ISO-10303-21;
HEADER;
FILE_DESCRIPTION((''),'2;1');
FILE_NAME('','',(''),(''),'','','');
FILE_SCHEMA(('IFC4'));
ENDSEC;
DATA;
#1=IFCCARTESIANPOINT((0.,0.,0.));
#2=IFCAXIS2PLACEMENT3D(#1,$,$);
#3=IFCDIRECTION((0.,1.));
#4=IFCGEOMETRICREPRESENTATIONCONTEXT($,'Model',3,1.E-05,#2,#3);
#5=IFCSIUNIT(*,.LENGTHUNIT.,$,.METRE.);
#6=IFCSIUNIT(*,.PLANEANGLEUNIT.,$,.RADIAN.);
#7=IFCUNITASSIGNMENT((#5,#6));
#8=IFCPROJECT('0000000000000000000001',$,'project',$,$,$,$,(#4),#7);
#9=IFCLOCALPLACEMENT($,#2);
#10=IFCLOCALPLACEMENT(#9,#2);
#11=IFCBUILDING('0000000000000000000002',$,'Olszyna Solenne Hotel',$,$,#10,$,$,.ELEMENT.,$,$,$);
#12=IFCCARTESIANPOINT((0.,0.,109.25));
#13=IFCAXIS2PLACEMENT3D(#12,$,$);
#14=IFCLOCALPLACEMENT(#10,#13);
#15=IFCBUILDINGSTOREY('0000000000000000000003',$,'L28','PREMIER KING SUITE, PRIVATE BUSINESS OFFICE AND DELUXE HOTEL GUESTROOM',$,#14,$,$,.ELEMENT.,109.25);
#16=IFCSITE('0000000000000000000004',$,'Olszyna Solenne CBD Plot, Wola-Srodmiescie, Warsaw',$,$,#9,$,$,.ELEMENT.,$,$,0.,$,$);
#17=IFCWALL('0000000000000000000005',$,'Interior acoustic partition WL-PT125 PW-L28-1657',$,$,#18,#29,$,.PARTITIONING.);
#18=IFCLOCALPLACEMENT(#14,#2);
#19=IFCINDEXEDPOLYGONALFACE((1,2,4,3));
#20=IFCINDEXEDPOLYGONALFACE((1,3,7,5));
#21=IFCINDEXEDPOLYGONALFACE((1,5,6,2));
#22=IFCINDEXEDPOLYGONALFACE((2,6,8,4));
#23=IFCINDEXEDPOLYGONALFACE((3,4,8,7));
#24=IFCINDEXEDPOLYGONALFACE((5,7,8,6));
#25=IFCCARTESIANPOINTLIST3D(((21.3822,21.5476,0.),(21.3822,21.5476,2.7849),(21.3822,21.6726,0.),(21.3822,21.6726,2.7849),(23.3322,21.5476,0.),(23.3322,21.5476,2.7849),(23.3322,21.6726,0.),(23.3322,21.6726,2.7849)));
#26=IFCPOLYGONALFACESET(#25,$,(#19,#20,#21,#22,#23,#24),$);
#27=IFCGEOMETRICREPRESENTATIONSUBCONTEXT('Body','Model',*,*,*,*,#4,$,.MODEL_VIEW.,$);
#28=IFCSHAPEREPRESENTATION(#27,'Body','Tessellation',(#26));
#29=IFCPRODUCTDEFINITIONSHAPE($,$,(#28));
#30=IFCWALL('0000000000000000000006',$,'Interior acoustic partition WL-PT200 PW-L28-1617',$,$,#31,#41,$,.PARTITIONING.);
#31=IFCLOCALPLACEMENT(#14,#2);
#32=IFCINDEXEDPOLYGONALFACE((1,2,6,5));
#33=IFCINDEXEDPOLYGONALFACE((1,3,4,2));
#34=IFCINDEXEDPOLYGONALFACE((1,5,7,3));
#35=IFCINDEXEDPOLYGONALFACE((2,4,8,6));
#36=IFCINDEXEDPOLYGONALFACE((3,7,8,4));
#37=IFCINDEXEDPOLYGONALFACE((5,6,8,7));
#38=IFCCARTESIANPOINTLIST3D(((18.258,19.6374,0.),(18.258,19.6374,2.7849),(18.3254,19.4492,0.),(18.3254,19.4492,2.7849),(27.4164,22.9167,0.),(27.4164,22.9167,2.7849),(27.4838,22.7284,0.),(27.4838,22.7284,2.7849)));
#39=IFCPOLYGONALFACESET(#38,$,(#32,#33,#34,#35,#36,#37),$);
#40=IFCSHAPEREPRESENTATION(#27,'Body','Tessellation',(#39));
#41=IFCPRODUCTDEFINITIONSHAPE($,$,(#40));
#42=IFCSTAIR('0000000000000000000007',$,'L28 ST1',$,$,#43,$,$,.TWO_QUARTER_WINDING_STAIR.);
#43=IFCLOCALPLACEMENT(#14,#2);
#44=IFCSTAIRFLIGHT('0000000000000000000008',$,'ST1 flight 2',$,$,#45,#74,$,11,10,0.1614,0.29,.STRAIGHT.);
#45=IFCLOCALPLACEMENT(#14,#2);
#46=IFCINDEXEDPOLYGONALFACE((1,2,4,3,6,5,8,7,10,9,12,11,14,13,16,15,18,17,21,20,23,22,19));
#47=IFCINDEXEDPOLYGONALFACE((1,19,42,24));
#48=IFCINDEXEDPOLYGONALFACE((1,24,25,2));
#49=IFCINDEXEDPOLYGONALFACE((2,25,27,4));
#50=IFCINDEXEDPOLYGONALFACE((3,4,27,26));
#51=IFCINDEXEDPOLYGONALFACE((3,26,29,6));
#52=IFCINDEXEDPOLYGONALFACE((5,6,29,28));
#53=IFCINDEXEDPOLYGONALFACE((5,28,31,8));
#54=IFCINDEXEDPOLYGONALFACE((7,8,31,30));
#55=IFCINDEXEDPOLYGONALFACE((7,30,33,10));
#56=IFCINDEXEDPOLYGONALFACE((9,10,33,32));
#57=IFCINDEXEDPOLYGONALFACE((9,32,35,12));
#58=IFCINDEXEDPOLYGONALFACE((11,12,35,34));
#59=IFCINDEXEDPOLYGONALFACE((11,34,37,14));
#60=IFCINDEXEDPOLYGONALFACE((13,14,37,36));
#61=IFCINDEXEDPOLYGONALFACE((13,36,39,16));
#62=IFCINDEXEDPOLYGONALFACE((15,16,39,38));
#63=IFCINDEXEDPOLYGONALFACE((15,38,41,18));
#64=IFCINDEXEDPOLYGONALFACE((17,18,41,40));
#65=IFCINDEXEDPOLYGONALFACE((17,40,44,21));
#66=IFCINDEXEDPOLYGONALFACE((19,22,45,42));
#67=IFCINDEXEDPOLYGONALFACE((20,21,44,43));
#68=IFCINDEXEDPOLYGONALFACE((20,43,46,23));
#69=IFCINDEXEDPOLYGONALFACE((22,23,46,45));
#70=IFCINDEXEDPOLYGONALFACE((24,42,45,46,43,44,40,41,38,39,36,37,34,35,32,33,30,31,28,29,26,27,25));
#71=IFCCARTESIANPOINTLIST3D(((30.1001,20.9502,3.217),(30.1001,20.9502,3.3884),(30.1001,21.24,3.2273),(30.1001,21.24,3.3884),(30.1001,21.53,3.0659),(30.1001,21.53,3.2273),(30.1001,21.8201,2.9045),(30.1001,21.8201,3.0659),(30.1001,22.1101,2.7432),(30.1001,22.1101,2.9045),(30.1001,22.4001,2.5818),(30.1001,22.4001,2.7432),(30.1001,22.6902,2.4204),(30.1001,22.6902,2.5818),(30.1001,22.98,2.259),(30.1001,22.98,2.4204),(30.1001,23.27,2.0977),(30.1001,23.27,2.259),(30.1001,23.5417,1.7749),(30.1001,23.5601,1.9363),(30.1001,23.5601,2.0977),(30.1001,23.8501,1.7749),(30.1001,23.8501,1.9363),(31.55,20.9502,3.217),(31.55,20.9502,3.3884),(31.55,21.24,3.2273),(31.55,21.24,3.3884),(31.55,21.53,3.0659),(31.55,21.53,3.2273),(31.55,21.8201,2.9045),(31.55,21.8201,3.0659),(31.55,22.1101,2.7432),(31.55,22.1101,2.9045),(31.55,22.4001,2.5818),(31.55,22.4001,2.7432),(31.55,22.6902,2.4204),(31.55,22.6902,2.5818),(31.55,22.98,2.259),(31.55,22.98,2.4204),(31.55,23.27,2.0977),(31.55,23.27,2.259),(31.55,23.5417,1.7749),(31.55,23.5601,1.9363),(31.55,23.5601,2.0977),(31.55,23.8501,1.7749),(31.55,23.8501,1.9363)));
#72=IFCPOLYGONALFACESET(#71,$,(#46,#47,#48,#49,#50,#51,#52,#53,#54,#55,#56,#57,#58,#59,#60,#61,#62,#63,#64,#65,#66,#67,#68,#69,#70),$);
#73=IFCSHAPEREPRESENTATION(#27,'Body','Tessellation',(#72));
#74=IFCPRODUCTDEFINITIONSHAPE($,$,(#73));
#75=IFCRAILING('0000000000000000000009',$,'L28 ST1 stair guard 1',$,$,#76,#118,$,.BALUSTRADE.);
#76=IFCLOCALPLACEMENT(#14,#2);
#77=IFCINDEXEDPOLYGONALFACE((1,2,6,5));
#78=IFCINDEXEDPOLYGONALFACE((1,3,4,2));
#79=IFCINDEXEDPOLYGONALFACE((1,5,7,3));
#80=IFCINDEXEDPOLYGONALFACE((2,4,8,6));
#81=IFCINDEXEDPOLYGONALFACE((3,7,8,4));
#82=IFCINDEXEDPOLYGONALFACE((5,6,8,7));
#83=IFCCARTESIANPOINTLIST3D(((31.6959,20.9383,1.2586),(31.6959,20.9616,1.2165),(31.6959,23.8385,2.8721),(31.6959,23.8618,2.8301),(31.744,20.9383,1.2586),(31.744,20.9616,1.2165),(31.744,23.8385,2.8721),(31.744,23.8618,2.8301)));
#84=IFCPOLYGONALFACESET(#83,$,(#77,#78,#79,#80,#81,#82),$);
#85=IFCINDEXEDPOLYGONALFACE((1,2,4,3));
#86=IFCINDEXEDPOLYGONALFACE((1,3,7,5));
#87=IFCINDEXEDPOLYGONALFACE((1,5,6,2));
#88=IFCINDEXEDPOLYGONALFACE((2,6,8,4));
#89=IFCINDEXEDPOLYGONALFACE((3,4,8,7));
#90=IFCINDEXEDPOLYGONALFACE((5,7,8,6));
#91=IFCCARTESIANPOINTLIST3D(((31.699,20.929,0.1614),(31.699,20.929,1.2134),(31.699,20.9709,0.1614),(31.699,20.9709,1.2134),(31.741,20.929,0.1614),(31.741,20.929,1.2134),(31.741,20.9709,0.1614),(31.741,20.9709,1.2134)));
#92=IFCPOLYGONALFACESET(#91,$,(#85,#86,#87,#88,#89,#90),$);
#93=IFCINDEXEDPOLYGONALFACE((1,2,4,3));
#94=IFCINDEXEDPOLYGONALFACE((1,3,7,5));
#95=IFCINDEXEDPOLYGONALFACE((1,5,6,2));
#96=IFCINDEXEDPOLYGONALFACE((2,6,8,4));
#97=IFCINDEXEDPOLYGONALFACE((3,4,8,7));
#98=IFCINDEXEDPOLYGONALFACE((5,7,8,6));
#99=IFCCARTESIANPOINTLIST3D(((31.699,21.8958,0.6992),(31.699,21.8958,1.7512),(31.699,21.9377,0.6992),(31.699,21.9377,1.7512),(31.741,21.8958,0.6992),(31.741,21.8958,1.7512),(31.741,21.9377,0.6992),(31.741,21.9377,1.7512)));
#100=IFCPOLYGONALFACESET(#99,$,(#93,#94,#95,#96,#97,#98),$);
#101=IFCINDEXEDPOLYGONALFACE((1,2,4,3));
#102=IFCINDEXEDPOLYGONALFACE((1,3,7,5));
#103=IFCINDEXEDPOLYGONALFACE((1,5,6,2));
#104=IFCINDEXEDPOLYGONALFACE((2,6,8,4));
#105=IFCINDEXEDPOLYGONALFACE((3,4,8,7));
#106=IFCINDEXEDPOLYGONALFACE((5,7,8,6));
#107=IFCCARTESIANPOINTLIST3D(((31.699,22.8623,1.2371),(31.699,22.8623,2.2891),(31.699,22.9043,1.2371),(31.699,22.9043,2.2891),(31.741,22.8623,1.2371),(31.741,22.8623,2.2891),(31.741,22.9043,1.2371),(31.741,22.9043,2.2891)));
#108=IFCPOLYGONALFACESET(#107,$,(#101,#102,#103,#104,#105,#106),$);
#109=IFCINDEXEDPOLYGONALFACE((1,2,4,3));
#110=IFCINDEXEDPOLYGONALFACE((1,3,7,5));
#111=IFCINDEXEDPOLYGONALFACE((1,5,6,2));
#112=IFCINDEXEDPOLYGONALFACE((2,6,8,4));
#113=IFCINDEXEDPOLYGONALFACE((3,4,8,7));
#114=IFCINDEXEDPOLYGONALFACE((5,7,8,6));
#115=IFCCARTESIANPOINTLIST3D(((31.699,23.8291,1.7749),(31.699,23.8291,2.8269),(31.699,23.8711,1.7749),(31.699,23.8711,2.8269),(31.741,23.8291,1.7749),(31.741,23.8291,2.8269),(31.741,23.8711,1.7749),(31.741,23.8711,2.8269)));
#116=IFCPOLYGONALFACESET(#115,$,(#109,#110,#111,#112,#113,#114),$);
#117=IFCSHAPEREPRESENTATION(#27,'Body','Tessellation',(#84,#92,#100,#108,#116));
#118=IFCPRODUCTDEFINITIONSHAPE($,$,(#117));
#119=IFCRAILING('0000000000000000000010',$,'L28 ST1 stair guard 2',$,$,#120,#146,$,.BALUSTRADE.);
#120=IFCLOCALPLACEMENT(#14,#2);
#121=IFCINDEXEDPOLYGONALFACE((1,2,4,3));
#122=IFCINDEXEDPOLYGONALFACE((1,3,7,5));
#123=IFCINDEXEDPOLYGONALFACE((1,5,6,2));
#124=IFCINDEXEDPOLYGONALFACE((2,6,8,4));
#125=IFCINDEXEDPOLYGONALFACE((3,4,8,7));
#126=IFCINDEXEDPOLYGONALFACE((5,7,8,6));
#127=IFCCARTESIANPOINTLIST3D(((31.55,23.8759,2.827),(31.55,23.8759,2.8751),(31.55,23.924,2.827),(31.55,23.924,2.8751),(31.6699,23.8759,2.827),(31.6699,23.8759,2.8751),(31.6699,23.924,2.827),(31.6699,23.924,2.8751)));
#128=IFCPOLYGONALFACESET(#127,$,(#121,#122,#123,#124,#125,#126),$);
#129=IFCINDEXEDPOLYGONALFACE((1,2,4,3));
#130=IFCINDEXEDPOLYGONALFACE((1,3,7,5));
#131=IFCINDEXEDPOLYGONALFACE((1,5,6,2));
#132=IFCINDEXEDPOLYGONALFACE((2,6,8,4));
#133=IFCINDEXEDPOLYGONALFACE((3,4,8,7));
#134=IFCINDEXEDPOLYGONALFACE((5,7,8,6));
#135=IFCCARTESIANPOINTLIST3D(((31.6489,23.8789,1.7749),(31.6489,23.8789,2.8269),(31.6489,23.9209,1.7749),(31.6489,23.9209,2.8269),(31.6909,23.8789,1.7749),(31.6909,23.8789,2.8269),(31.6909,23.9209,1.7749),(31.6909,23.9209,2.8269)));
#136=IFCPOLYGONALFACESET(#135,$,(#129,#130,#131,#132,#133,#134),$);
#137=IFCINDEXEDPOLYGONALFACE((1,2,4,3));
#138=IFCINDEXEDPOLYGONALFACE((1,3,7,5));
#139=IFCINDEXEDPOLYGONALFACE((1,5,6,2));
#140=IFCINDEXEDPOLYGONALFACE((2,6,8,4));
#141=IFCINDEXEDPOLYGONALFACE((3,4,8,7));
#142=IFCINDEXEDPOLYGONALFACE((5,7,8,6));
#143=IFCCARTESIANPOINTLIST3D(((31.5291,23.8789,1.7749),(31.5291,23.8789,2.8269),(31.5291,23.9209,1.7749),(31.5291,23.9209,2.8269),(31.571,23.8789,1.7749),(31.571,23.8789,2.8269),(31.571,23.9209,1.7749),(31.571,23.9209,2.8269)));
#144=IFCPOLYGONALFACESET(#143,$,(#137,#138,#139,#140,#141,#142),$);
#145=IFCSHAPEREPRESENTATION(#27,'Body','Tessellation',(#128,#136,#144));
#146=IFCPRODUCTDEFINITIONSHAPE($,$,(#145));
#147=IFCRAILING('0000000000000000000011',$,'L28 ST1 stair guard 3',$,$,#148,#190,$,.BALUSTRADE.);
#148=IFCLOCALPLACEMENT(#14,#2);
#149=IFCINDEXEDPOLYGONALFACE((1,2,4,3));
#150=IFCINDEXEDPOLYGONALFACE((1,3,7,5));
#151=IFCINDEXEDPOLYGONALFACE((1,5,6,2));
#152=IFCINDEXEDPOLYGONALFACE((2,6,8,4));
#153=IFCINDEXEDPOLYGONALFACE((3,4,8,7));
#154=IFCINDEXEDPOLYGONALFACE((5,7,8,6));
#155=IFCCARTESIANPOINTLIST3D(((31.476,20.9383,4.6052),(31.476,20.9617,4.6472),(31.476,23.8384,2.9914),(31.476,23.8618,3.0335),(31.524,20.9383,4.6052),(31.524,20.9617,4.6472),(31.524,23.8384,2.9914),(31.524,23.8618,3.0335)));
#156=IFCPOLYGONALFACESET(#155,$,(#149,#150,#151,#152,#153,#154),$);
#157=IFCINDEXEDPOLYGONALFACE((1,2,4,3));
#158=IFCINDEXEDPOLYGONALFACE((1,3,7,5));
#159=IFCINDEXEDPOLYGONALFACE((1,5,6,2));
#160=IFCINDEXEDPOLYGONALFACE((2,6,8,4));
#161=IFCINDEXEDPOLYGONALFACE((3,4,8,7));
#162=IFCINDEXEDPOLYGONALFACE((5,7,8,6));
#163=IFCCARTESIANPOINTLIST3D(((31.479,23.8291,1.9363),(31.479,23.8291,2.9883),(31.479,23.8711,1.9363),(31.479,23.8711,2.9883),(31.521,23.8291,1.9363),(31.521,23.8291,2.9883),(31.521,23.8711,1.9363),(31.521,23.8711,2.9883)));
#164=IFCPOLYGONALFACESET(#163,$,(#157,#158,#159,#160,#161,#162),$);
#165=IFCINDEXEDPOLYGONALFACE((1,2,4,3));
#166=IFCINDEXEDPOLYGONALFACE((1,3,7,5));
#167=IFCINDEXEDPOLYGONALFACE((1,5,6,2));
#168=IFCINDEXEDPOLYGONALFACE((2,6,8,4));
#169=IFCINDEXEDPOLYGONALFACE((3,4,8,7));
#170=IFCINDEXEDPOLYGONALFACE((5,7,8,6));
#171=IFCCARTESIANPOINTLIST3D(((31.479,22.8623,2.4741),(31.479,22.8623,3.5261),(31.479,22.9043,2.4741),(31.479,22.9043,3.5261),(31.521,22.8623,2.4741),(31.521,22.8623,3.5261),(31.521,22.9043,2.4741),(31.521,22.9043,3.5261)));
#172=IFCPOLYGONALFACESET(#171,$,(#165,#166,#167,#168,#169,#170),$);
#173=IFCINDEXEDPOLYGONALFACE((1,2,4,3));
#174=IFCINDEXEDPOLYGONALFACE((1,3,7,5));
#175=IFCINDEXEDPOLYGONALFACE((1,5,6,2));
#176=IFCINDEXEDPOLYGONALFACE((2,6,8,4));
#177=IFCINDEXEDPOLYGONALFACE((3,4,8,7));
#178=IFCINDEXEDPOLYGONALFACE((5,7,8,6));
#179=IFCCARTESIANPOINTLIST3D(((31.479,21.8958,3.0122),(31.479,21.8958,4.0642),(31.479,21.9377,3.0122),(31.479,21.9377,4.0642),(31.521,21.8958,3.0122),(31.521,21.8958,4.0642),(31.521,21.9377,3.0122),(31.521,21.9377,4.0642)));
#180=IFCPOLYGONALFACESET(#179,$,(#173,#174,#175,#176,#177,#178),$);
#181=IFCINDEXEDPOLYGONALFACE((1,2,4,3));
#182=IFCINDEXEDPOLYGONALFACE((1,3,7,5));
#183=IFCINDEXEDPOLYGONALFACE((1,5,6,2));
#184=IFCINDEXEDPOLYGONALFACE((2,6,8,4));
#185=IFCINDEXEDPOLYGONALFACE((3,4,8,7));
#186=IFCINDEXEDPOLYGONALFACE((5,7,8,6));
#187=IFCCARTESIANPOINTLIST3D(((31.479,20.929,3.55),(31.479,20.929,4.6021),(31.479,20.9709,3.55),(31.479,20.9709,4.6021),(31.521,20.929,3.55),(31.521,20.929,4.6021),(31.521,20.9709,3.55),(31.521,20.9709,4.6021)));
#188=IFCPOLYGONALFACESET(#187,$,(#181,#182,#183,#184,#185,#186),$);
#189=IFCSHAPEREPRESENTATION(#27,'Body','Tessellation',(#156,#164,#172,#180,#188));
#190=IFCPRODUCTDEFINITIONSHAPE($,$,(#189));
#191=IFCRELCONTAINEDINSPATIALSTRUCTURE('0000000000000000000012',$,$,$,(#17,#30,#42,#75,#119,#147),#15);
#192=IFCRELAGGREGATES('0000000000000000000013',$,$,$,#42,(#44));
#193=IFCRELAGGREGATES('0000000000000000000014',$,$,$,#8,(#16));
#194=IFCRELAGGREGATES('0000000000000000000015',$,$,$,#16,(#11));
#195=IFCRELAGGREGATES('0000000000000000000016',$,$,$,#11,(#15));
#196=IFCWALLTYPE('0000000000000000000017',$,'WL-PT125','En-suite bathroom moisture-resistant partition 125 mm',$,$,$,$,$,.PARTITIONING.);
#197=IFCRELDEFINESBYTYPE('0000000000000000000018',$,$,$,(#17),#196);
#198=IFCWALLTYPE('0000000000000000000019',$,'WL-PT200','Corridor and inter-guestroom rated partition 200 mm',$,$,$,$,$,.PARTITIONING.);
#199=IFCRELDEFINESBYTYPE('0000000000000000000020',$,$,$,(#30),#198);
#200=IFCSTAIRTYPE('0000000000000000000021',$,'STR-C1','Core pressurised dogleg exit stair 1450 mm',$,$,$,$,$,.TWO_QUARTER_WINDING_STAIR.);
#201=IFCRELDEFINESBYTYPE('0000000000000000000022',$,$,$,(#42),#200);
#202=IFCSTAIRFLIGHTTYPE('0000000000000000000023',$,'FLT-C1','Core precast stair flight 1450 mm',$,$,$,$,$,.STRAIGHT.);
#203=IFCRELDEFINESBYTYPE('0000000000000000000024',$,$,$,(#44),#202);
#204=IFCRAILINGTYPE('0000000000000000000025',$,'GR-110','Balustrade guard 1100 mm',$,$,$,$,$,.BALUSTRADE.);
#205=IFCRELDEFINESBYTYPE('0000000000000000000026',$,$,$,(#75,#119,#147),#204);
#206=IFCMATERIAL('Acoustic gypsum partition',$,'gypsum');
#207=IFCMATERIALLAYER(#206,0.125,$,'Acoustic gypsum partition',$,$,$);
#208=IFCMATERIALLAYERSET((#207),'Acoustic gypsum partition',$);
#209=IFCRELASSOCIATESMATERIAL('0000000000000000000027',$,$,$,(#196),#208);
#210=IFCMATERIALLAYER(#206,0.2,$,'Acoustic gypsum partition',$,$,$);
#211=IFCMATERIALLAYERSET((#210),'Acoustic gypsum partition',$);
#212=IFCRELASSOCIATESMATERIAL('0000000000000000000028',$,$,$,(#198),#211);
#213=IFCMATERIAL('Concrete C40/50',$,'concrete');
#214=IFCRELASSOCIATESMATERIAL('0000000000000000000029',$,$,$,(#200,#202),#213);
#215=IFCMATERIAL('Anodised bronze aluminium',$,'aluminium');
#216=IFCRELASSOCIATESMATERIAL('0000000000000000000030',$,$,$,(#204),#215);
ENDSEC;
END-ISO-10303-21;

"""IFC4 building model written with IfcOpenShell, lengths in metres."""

from ifc_helpers import new_model, si_unit, direction, frame, frame_2d, origin, origin_2d, place, context, subcontext, project, spatial, polyline, rectangle, outline, extrude, material, layer, layer_set, type_object, element, aggregate, save


model = new_model("IFC4")

# Units and contexts
model_context = context("Model", 3, precision=1e-05, world=origin(), true_north=direction((0.0, 1.0)))
body_context = subcontext(model_context, "Body", "Model", "MODEL_VIEW")
ifc_project = project(units=[si_unit("LENGTHUNIT", "METRE"), si_unit("PLANEANGLEUNIT", "RADIAN")], contexts=[model_context])

# Site, building, storey
site_placement = place(None, origin())
site = spatial("IfcSite", under=ifc_project, at=site_placement, Name="Olszyna Solenne CBD Plot, Wola-Srodmiescie, Warsaw", CompositionType="ELEMENT", RefElevation=0.0)
building_placement = place(site_placement, origin())
building = spatial("IfcBuilding", under=site, at=building_placement, Name="Olszyna Solenne Hotel", CompositionType="ELEMENT")
storey_placement = place(building_placement, frame((0.0, 0.0, 109.25)))
storey = spatial("IfcBuildingStorey", under=building, at=storey_placement, Name="L28", Description="PREMIER KING SUITE, PRIVATE BUSINESS OFFICE AND DELUXE HOTEL GUESTROOM", CompositionType="ELEMENT", Elevation=109.25)

# Shared definitions
ifc_material_1 = material(Name="Anodised bronze aluminium", Category="aluminium")

# Shared definitions
ifc_material_2 = material(Name="Acoustic gypsum partition", Category="gypsum")
ifc_layer_1 = layer(ifc_material_2, 0.125, Name="Acoustic gypsum partition")
ifc_layer_set_1 = layer_set([ifc_layer_1], Name="Acoustic gypsum partition")
wall_type_1 = type_object("IfcWallType", Name="WL-PT125", Description="En-suite bathroom moisture-resistant partition 125 mm", PredefinedType="PARTITIONING", material=ifc_layer_set_1)

# Walls
wall_1_placement = place(storey_placement, frame((21.3821, 21.6101, 0.0), z_axis=(0.0, 0.0, 1.0), x_axis=(1.0, 0.0, 0.0)))
element("IfcWall", 1, at=wall_1_placement, inside=storey, type_object=wall_type_1, Name="Interior acoustic partition WL-PT125 PW-L28-1657", PredefinedType="PARTITIONING", context=body_context, shape_type="SweptSolid", body=[
    extrude(rectangle(XDim=1.95, YDim=0.125, at=frame_2d((0.9751, 0.0))), origin(), (0.0, 0.0, 1.0), 2.7849),
])
ifc_layer_2 = layer(ifc_material_2, 0.2, Name="Acoustic gypsum partition")
ifc_layer_set_2 = layer_set([ifc_layer_2], Name="Acoustic gypsum partition")
wall_type_2 = type_object("IfcWallType", Name="WL-PT200", Description="Corridor and inter-guestroom rated partition 200 mm", PredefinedType="PARTITIONING", material=ifc_layer_set_2)
wall_2_placement = place(storey_placement, frame((27.45, 22.8225, 0.0), z_axis=(0.0, 0.0, 1.0), x_axis=(-0.941467, -0.337104, 0.0)))
element("IfcWall", 2, at=wall_2_placement, inside=storey, type_object=wall_type_2, Name="Interior acoustic partition WL-PT200 PW-L28-1617", PredefinedType="PARTITIONING", context=body_context, shape_type="SweptSolid", body=[
    extrude(rectangle(XDim=9.7278, YDim=0.2, at=frame_2d((4.8638, 0.0))), origin(), (0.0, 0.0, 1.0), 2.7849),
])

# Stair, stair flight
ifc_material_3 = material(Name="Concrete C40/50", Category="concrete")
stair_type = type_object("IfcStairType", Name="STR-C1", Description="Core pressurised dogleg exit stair 1450 mm", PredefinedType="TWO_QUARTER_WINDING_STAIR", material=ifc_material_3)
stair_placement = place(storey_placement, origin())
stair = element("IfcStair", 3, at=stair_placement, inside=storey, type_object=stair_type, Name="L28 ST1", PredefinedType="TWO_QUARTER_WINDING_STAIR")
stair_flight_type = type_object("IfcStairFlightType", Name="FLT-C1", Description="Core precast stair flight 1450 mm", PredefinedType="STRAIGHT", material=ifc_material_3)
stair_flight_placement = place(storey_placement, frame((30.825, 23.8501, 1.7749), z_axis=(0.0, 0.0, 1.0), x_axis=(0.0, -1.0, 0.0)))
stair_flight = element("IfcStairFlight", 4, at=stair_flight_placement, type_object=stair_flight_type, Name="ST1 flight 2", NumberOfRisers=11, NumberOfTreads=10, PredefinedType="STRAIGHT", RiserHeight=0.1614, TreadLength=0.29, context=body_context, shape_type="SweptSolid", body=[
    extrude(outline(polyline([(0.0, 0.0), (0.0, 0.1614), (0.29, 0.1614), (0.29, 0.3228), (0.5801, 0.3228), (0.5801, 0.4841), (0.8701, 0.4841), (0.8701, 0.6455), (1.1599, 0.6455), (1.1599, 0.8069), (1.45, 0.8069), (1.45, 0.9683), (1.74, 0.9683), (1.74, 1.1296), (2.03, 1.1296), (2.03, 1.291), (2.3201, 1.291), (2.3201, 1.4524), (2.6101, 1.4524), (2.6101, 1.6135), (2.8999, 1.6135), (2.8999, 1.7749), (2.8999, 1.4421), (0.3083, 0.0), (0.0, 0.0)])), frame((0.0, 0.7251, 0.0), z_axis=(0.0, -1.0, 0.0), x_axis=(1.0, 0.0, 0.0)), (0.0, 0.0, 1.0), 1.45),
])
aggregate(stair, [stair_flight])

# Railings
railing_type_1 = type_object("IfcRailingType", Name="GR-110", Description="Balustrade guard 1100 mm", PredefinedType="BALUSTRADE", material=ifc_material_1)
railing_1_placement = place(storey_placement, frame((31.72, 20.95, 0.1614)))
element("IfcRailing", 5, at=railing_1_placement, inside=storey, type_object=railing_type_1, Name="L28 ST1 stair guard 1", PredefinedType="BALUSTRADE", context=body_context, shape_type="SweptSolid", body=[
    extrude(rectangle(XDim=0.0481, YDim=0.0481, at=origin_2d()), frame((0.0, 0.0, 1.0762), z_axis=(0.0, 0.873859, 0.48618), x_axis=(-1.0, 0.0, 0.0)), (0.0, 0.0, 1.0), 3.3188),
    extrude(rectangle(XDim=0.042, YDim=0.042, at=origin_2d()), origin(), (0.0, 0.0, 1.0), 1.052),
    extrude(rectangle(XDim=0.042, YDim=0.042, at=origin_2d()), frame((0.0, 0.9668, 0.5378)), (0.0, 0.0, 1.0), 1.052),
    extrude(rectangle(XDim=0.042, YDim=0.042, at=origin_2d()), frame((0.0, 1.9333, 1.0757)), (0.0, 0.0, 1.0), 1.052),
    extrude(rectangle(XDim=0.042, YDim=0.042, at=origin_2d()), frame((0.0, 2.9001, 1.6135)), (0.0, 0.0, 1.0), 1.052),
])
railing_2_placement = place(storey_placement, frame((31.6699, 23.8999, 1.7749)))
element("IfcRailing", 6, at=railing_2_placement, inside=storey, type_object=railing_type_1, Name="L28 ST1 stair guard 2", PredefinedType="BALUSTRADE", context=body_context, shape_type="SweptSolid", body=[
    extrude(rectangle(XDim=0.0481, YDim=0.0481, at=origin_2d()), frame((0.0, 0.0, 1.0762), z_axis=(-1.0, 0.0, 0.0), x_axis=(0.0, -1.0, 0.0)), (0.0, 0.0, 1.0), 0.1199),
    extrude(rectangle(XDim=0.042, YDim=0.042, at=origin_2d()), origin(), (0.0, 0.0, 1.0), 1.052),
    extrude(rectangle(XDim=0.042, YDim=0.042, at=origin_2d()), frame((-0.1199, 0.0, 0.0)), (0.0, 0.0, 1.0), 1.052),
])
railing_3_placement = place(storey_placement, frame((31.5, 23.8501, 1.9363)))
element("IfcRailing", 7, at=railing_3_placement, inside=storey, type_object=railing_type_1, Name="L28 ST1 stair guard 3", PredefinedType="BALUSTRADE", context=body_context, shape_type="SweptSolid", body=[
    extrude(rectangle(XDim=0.0481, YDim=0.0481, at=origin_2d()), frame((0.0, 0.0, 1.0762), z_axis=(0.0, -0.873827, 0.486236), x_axis=(1.0, 0.0, 0.0)), (0.0, 0.0, 1.0), 3.3188),
    extrude(rectangle(XDim=0.042, YDim=0.042, at=origin_2d()), origin(), (0.0, 0.0, 1.0), 1.052),
    extrude(rectangle(XDim=0.042, YDim=0.042, at=origin_2d()), frame((0.0, -0.9668, 0.5378)), (0.0, 0.0, 1.0), 1.052),
    extrude(rectangle(XDim=0.042, YDim=0.042, at=origin_2d()), frame((0.0, -1.9333, 1.0759)), (0.0, 0.0, 1.0), 1.052),
    extrude(rectangle(XDim=0.042, YDim=0.042, at=origin_2d()), frame((0.0, -2.9001, 1.6138)), (0.0, 0.0, 1.0), 1.052),
])

save(model, "model.ifc")
